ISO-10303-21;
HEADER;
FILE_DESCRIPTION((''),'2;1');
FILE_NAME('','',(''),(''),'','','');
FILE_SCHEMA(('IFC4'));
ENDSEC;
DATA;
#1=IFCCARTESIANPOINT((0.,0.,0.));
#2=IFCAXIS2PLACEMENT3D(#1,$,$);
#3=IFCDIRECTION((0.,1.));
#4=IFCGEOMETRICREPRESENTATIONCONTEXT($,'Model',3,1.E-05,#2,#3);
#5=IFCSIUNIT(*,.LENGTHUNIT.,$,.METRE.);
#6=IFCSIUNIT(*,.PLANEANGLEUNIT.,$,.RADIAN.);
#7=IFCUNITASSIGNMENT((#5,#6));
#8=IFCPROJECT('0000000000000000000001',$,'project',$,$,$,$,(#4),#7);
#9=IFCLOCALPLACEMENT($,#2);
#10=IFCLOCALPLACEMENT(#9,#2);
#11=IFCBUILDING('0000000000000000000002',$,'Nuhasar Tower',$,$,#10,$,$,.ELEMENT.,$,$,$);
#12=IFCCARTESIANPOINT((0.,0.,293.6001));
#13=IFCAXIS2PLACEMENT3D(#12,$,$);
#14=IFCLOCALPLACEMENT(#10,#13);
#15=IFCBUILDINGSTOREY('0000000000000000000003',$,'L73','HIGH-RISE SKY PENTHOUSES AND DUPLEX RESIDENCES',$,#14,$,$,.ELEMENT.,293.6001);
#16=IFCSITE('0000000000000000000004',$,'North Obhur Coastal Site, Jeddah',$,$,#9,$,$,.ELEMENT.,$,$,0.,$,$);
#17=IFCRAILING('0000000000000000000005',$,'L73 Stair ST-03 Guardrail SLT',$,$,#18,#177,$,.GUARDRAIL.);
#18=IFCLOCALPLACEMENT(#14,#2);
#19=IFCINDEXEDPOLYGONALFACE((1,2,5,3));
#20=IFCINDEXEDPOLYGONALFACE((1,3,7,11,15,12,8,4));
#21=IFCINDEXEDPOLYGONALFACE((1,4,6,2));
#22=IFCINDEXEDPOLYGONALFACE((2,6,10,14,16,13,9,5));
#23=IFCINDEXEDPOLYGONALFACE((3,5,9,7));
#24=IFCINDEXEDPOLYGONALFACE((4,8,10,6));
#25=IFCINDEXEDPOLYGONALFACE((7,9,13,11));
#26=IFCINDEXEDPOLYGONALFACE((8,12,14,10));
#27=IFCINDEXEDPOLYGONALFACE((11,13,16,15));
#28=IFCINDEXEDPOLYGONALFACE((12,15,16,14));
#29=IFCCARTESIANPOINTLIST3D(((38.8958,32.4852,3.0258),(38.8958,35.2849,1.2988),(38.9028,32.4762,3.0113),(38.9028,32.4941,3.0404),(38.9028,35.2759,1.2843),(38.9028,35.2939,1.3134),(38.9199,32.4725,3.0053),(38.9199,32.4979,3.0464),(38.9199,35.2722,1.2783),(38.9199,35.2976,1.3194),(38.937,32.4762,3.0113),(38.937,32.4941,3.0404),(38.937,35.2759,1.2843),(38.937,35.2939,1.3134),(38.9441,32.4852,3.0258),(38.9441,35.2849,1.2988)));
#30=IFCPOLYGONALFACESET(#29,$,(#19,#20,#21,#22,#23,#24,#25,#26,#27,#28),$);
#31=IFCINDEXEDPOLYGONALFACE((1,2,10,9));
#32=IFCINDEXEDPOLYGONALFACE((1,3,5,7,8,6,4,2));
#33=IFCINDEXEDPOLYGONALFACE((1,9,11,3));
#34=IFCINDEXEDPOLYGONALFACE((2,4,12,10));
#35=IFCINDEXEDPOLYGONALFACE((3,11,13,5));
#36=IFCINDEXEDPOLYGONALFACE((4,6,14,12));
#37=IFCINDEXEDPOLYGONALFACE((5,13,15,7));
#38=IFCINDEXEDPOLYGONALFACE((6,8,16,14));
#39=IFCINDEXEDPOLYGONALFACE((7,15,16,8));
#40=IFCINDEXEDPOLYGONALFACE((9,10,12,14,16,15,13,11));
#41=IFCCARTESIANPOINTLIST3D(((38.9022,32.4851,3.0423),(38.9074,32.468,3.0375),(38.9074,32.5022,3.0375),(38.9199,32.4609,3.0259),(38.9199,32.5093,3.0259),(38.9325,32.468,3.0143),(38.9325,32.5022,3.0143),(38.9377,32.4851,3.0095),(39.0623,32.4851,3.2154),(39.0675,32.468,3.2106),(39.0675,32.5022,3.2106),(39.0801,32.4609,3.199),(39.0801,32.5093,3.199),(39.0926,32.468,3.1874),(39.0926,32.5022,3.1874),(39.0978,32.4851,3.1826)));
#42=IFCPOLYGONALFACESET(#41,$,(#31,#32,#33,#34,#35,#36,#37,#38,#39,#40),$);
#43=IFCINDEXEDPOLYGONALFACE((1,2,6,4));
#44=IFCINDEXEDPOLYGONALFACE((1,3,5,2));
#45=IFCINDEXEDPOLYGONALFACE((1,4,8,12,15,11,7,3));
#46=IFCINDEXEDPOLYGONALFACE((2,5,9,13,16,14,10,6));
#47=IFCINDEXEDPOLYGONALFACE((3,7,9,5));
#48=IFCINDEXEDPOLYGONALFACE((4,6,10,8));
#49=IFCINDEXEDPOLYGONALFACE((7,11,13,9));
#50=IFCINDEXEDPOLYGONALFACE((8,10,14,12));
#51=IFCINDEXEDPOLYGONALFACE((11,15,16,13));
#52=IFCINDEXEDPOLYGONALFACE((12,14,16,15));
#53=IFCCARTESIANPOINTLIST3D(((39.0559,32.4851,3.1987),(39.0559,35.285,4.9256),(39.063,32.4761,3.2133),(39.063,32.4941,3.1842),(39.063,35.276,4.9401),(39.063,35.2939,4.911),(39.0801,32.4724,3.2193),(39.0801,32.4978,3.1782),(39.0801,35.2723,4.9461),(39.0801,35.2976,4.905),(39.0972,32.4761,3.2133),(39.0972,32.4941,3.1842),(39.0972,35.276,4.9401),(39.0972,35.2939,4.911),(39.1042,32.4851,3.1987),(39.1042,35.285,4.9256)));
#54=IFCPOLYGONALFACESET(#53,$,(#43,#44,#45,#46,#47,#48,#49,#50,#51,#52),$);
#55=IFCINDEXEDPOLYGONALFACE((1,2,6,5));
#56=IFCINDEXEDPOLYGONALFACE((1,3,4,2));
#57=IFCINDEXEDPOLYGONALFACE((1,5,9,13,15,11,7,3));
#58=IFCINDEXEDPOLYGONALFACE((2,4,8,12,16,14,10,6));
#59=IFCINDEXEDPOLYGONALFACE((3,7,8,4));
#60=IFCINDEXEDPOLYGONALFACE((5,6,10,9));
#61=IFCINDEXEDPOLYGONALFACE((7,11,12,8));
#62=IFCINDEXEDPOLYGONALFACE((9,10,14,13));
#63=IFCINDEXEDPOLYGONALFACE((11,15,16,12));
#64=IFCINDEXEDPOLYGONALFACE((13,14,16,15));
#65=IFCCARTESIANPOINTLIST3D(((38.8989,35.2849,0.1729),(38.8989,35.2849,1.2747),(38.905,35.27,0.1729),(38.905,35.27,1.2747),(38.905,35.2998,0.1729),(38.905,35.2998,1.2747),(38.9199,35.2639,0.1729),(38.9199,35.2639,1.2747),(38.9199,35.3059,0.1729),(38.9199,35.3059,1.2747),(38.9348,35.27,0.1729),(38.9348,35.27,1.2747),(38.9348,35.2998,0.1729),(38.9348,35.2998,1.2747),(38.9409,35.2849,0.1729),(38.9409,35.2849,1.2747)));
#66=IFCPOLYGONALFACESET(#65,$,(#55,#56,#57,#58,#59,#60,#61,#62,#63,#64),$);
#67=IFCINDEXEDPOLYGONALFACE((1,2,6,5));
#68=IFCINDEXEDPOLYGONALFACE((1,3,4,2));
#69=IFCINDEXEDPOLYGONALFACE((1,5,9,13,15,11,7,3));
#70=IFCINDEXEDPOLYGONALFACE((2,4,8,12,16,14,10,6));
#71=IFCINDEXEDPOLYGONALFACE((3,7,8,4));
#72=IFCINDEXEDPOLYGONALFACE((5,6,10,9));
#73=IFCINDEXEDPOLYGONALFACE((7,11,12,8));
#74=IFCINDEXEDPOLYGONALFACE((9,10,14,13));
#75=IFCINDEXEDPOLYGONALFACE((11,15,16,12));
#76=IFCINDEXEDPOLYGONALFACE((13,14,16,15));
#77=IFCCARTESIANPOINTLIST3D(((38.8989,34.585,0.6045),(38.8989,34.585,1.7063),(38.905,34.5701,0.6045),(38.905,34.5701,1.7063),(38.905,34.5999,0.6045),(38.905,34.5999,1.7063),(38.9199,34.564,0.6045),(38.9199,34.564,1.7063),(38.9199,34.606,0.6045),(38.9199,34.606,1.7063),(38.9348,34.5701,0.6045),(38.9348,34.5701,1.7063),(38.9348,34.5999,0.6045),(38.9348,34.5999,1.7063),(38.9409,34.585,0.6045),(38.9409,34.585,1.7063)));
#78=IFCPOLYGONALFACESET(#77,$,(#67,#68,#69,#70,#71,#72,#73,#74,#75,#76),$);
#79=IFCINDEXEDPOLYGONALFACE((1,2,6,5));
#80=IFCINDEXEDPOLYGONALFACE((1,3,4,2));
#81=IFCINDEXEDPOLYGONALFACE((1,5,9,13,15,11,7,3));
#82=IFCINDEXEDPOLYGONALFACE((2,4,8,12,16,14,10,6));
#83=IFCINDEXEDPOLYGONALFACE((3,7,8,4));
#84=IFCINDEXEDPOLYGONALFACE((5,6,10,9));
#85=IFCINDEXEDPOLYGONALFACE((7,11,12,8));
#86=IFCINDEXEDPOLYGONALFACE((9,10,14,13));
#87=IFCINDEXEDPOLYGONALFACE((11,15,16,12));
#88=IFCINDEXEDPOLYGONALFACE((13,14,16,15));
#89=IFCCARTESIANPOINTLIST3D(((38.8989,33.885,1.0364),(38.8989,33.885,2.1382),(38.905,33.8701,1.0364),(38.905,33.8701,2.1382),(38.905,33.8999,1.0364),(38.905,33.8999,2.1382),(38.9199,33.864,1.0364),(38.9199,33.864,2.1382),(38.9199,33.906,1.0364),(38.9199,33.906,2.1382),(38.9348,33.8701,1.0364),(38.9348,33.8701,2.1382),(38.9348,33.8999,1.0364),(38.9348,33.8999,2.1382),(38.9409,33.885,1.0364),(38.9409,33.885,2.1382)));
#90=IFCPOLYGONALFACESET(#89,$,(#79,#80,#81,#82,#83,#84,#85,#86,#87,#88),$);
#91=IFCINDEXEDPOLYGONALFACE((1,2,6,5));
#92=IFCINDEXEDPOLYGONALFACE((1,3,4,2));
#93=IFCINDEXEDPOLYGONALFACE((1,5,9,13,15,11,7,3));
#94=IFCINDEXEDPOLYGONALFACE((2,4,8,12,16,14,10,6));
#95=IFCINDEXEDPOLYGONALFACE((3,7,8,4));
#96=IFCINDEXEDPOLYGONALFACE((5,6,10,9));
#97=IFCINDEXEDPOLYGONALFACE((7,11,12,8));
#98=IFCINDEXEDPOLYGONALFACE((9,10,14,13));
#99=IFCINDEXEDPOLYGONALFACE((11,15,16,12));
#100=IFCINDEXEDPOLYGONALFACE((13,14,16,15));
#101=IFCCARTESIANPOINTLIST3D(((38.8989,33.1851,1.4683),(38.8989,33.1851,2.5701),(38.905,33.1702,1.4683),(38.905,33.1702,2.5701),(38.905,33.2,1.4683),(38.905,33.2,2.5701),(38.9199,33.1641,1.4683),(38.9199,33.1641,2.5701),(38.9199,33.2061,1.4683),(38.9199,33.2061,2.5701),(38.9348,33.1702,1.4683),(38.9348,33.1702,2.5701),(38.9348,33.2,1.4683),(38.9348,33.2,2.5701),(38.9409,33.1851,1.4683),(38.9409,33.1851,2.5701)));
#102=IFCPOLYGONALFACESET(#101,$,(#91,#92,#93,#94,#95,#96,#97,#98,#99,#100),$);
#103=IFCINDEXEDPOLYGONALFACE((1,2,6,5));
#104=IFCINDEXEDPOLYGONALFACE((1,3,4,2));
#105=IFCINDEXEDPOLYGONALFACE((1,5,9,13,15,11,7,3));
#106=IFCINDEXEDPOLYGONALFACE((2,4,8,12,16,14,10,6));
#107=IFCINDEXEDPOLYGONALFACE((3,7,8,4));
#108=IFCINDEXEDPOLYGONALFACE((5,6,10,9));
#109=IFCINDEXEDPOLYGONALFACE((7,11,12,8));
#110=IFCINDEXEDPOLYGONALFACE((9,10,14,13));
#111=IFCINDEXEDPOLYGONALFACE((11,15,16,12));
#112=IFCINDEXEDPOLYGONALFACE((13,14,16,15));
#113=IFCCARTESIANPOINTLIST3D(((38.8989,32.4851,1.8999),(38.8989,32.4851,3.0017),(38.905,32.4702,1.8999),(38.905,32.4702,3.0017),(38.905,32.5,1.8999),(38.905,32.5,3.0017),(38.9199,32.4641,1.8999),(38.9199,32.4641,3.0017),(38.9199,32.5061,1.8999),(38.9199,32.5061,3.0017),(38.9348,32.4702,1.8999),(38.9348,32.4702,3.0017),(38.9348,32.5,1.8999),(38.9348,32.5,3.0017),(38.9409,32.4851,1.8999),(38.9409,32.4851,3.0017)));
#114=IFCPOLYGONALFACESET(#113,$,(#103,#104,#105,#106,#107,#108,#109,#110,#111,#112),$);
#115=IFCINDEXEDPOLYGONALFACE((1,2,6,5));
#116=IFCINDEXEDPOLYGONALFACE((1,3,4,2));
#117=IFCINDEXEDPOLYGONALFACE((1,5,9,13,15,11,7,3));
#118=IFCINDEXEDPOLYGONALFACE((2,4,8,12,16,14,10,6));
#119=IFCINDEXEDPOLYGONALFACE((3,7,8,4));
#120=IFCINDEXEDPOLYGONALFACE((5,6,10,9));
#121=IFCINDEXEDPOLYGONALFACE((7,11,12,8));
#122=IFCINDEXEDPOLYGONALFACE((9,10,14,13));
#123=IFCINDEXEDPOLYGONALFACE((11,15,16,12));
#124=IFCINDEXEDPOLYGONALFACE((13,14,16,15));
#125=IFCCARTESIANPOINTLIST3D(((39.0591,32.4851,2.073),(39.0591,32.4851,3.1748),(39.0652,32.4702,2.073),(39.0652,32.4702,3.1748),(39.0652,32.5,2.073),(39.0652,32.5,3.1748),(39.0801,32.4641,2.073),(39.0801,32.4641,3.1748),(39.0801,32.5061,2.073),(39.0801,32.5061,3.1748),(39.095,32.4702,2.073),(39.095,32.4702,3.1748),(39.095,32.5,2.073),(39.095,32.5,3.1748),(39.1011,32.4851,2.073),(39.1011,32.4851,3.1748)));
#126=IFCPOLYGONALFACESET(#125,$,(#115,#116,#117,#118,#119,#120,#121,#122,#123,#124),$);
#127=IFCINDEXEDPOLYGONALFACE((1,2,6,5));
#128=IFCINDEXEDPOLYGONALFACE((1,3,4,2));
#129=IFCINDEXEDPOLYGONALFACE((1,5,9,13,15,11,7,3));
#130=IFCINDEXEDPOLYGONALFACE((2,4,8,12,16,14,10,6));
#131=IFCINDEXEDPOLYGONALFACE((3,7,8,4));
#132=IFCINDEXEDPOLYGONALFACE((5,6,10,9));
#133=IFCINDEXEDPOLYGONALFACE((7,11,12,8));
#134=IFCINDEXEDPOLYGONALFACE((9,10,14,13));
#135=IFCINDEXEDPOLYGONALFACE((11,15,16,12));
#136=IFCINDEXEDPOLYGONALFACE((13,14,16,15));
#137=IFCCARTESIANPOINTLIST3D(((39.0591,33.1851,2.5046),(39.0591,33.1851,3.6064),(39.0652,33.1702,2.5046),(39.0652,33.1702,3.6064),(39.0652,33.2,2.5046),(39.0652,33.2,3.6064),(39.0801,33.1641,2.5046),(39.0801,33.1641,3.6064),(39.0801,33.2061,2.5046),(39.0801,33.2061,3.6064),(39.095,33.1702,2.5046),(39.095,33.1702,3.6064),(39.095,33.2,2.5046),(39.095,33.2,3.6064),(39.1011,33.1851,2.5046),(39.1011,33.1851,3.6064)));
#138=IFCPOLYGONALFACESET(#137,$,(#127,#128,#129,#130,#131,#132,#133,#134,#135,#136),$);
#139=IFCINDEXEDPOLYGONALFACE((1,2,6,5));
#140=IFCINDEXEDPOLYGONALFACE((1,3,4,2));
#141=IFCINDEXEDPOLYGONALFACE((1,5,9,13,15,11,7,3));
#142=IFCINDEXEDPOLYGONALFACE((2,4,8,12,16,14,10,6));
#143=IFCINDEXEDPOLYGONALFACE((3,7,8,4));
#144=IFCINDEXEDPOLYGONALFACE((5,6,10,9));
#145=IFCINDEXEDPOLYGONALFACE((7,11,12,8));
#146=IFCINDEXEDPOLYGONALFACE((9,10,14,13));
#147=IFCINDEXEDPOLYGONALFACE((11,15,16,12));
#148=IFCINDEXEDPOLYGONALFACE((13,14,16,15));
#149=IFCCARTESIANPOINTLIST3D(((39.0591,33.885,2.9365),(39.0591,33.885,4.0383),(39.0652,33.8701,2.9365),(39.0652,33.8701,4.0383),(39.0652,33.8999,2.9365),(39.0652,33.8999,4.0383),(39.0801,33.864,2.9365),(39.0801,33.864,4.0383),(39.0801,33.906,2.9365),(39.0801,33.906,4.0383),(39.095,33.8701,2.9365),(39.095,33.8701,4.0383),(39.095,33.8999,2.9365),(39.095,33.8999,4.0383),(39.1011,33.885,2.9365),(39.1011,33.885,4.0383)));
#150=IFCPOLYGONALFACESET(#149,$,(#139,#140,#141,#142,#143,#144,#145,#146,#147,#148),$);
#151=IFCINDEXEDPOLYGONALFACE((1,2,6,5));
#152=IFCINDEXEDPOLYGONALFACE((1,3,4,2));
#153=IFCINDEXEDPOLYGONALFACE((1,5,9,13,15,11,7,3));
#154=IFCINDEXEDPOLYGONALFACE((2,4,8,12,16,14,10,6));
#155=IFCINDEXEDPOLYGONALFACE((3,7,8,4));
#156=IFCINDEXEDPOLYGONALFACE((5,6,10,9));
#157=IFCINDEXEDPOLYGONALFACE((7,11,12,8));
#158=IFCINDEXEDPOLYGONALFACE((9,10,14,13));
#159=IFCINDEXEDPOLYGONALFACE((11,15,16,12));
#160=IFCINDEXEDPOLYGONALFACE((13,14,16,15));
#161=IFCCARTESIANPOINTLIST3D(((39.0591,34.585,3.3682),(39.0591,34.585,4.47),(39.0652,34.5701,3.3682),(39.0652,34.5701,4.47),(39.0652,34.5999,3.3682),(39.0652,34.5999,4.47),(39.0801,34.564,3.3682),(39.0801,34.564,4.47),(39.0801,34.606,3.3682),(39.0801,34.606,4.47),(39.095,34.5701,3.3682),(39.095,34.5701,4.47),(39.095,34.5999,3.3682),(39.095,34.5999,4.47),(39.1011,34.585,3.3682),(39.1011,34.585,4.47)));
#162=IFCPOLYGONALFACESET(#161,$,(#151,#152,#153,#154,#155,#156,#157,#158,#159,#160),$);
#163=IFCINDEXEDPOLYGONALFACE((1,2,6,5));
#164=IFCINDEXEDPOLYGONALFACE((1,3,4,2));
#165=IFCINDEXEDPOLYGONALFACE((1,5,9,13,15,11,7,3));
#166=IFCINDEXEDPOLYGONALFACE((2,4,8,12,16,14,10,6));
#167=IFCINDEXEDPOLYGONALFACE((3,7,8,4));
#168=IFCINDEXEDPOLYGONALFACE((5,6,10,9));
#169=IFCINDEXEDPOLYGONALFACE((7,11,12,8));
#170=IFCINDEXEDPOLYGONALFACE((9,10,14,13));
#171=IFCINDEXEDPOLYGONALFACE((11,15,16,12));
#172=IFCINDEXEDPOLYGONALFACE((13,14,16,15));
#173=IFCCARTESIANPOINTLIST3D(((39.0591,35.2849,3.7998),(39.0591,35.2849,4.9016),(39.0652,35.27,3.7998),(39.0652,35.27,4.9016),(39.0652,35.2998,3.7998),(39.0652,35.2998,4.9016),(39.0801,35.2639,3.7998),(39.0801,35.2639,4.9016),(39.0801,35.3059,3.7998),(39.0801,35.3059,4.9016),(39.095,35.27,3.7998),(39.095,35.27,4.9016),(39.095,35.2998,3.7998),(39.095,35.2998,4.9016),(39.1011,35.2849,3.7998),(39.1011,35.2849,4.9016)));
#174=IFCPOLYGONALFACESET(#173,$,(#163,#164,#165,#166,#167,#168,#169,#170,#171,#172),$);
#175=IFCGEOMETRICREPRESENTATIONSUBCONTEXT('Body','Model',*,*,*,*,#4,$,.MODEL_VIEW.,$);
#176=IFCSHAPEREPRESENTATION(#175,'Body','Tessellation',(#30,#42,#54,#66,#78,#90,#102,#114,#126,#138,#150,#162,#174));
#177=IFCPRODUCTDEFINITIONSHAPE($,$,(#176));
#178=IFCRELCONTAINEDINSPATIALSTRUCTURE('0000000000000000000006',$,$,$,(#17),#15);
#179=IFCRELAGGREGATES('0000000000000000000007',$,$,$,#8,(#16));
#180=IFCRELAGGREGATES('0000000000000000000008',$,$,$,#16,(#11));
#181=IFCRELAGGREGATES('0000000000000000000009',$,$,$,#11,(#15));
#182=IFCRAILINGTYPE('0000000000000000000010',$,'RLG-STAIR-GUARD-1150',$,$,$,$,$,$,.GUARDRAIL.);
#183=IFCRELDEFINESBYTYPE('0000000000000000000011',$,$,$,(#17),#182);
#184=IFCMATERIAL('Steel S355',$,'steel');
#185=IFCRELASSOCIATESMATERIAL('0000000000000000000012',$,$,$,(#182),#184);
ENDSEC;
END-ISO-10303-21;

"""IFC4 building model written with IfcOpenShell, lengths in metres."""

from ifc_helpers import new_model, si_unit, direction, frame, origin, place, context, subcontext, project, spatial, polyline, outline, extrude, material, type_object, element, save


model = new_model("IFC4")

# Units and contexts
model_context = context("Model", 3, precision=1e-05, world=origin(), true_north=direction((0.0, 1.0)))
body_context = subcontext(model_context, "Body", "Model", "MODEL_VIEW")
ifc_project = project(units=[si_unit("LENGTHUNIT", "METRE"), si_unit("PLANEANGLEUNIT", "RADIAN")], contexts=[model_context])

# Site, building, storey
site_placement = place(None, origin())
site = spatial("IfcSite", under=ifc_project, at=site_placement, Name="North Obhur Coastal Site, Jeddah", CompositionType="ELEMENT", RefElevation=0.0)
building_placement = place(site_placement, origin())
building = spatial("IfcBuilding", under=site, at=building_placement, Name="Nuhasar Tower", CompositionType="ELEMENT")
storey_placement = place(building_placement, frame((0.0, 0.0, 293.6001)))
storey = spatial("IfcBuildingStorey", under=building, at=storey_placement, Name="L73", Description="HIGH-RISE SKY PENTHOUSES AND DUPLEX RESIDENCES", CompositionType="ELEMENT", Elevation=293.6001)

# Shared definitions
ifc_material_1 = material(Name="Steel S355", Category="steel")

# Railing
railing_type_1 = type_object("IfcRailingType", Name="RLG-STAIR-GUARD-1150", PredefinedType="GUARDRAIL", material=ifc_material_1)
railing_1_placement = place(storey_placement, frame((38.9199, 35.2849, 0.1729)))
element("IfcRailing", 1, at=railing_1_placement, inside=storey, type_object=railing_type_1, Name="L73 Stair ST-03 Guardrail SLT", PredefinedType="GUARDRAIL", context=body_context, shape_type="SweptSolid", body=[
    extrude(outline(polyline([(0.0242, 0.0), (0.0171, 0.0171), (0.0, 0.0242), (-0.0171, 0.0171), (-0.0242, 0.0), (-0.0171, -0.0171), (0.0, -0.0242), (0.0171, -0.0171), (0.0242, 0.0)])), frame((0.0, 0.0, 1.126), z_axis=(0.0, -0.851102, 0.525), x_axis=(1.0, 0.0, 0.0)), (0.0, 0.0, 1.0), 3.2896),
    extrude(outline(polyline([(0.0242, 0.0), (0.0171, 0.0171), (0.0, 0.0242), (-0.0171, 0.0171), (-0.0242, 0.0), (-0.0171, -0.0171), (0.0, -0.0242), (0.0171, -0.0171), (0.0242, 0.0)])), frame((0.0, -2.7998, 2.853), z_axis=(0.67914, 0.0, 0.734009), x_axis=(0.0, 1.0, 0.0)), (0.0, 0.0, 1.0), 0.2358),
    extrude(outline(polyline([(0.0242, 0.0), (0.0171, 0.0171), (0.0, 0.0242), (-0.0171, 0.0171), (-0.0242, 0.0), (-0.0171, -0.0171), (0.0, -0.0242), (0.0171, -0.0171), (0.0242, 0.0)])), frame((0.1602, -2.7998, 3.0259), z_axis=(0.0, 0.851135, 0.524946), x_axis=(-1.0, 0.0, 0.0)), (0.0, 0.0, 1.0), 3.2896),
    extrude(outline(polyline([(0.021, 0.0), (0.0149, 0.0149), (0.0, 0.021), (-0.0149, 0.0149), (-0.021, 0.0), (-0.0149, -0.0149), (0.0, -0.021), (0.0149, -0.0149), (0.021, 0.0)])), origin(), (0.0, 0.0, 1.0), 1.1018),
    extrude(outline(polyline([(0.021, 0.0), (0.0149, 0.0149), (0.0, 0.021), (-0.0149, 0.0149), (-0.021, 0.0), (-0.0149, -0.0149), (0.0, -0.021), (0.0149, -0.0149), (0.021, 0.0)])), frame((0.0, -0.7, 0.4316)), (0.0, 0.0, 1.0), 1.1018),
    extrude(outline(polyline([(0.021, 0.0), (0.0149, 0.0149), (0.0, 0.021), (-0.0149, 0.0149), (-0.021, 0.0), (-0.0149, -0.0149), (0.0, -0.021), (0.0149, -0.0149), (0.021, 0.0)])), frame((0.0, -1.3999, 0.8635)), (0.0, 0.0, 1.0), 1.1018),
    extrude(outline(polyline([(0.021, 0.0), (0.0149, 0.0149), (0.0, 0.021), (-0.0149, 0.0149), (-0.021, 0.0), (-0.0149, -0.0149), (0.0, -0.021), (0.0149, -0.0149), (0.021, 0.0)])), frame((0.0, -2.0999, 1.2954)), (0.0, 0.0, 1.0), 1.1018),
    extrude(outline(polyline([(0.021, 0.0), (0.0149, 0.0149), (0.0, 0.021), (-0.0149, 0.0149), (-0.021, 0.0), (-0.0149, -0.0149), (0.0, -0.021), (0.0149, -0.0149), (0.021, 0.0)])), frame((0.0, -2.7998, 1.7271)), (0.0, 0.0, 1.0), 1.1018),
    extrude(outline(polyline([(0.021, 0.0), (0.0149, 0.0149), (0.0, 0.021), (-0.0149, 0.0149), (-0.021, 0.0), (-0.0149, -0.0149), (0.0, -0.021), (0.0149, -0.0149), (0.021, 0.0)])), frame((0.1602, -2.7998, 1.9001)), (0.0, 0.0, 1.0), 1.1018),
    extrude(outline(polyline([(0.021, 0.0), (0.0149, 0.0149), (0.0, 0.021), (-0.0149, 0.0149), (-0.021, 0.0), (-0.0149, -0.0149), (0.0, -0.021), (0.0149, -0.0149), (0.021, 0.0)])), frame((0.1602, -2.0999, 2.3318)), (0.0, 0.0, 1.0), 1.1018),
    extrude(outline(polyline([(0.021, 0.0), (0.0149, 0.0149), (0.0, 0.021), (-0.0149, 0.0149), (-0.021, 0.0), (-0.0149, -0.0149), (0.0, -0.021), (0.0149, -0.0149), (0.021, 0.0)])), frame((0.1602, -1.3999, 2.7637)), (0.0, 0.0, 1.0), 1.1018),
    extrude(outline(polyline([(0.021, 0.0), (0.0149, 0.0149), (0.0, 0.021), (-0.0149, 0.0149), (-0.021, 0.0), (-0.0149, -0.0149), (0.0, -0.021), (0.0149, -0.0149), (0.021, 0.0)])), frame((0.1602, -0.7, 3.1953)), (0.0, 0.0, 1.0), 1.1018),
    extrude(outline(polyline([(0.021, 0.0), (0.0149, 0.0149), (0.0, 0.021), (-0.0149, 0.0149), (-0.021, 0.0), (-0.0149, -0.0149), (0.0, -0.021), (0.0149, -0.0149), (0.021, 0.0)])), frame((0.1602, 0.0, 3.627)), (0.0, 0.0, 1.0), 1.1018),
])

save(model, "model.ifc")
